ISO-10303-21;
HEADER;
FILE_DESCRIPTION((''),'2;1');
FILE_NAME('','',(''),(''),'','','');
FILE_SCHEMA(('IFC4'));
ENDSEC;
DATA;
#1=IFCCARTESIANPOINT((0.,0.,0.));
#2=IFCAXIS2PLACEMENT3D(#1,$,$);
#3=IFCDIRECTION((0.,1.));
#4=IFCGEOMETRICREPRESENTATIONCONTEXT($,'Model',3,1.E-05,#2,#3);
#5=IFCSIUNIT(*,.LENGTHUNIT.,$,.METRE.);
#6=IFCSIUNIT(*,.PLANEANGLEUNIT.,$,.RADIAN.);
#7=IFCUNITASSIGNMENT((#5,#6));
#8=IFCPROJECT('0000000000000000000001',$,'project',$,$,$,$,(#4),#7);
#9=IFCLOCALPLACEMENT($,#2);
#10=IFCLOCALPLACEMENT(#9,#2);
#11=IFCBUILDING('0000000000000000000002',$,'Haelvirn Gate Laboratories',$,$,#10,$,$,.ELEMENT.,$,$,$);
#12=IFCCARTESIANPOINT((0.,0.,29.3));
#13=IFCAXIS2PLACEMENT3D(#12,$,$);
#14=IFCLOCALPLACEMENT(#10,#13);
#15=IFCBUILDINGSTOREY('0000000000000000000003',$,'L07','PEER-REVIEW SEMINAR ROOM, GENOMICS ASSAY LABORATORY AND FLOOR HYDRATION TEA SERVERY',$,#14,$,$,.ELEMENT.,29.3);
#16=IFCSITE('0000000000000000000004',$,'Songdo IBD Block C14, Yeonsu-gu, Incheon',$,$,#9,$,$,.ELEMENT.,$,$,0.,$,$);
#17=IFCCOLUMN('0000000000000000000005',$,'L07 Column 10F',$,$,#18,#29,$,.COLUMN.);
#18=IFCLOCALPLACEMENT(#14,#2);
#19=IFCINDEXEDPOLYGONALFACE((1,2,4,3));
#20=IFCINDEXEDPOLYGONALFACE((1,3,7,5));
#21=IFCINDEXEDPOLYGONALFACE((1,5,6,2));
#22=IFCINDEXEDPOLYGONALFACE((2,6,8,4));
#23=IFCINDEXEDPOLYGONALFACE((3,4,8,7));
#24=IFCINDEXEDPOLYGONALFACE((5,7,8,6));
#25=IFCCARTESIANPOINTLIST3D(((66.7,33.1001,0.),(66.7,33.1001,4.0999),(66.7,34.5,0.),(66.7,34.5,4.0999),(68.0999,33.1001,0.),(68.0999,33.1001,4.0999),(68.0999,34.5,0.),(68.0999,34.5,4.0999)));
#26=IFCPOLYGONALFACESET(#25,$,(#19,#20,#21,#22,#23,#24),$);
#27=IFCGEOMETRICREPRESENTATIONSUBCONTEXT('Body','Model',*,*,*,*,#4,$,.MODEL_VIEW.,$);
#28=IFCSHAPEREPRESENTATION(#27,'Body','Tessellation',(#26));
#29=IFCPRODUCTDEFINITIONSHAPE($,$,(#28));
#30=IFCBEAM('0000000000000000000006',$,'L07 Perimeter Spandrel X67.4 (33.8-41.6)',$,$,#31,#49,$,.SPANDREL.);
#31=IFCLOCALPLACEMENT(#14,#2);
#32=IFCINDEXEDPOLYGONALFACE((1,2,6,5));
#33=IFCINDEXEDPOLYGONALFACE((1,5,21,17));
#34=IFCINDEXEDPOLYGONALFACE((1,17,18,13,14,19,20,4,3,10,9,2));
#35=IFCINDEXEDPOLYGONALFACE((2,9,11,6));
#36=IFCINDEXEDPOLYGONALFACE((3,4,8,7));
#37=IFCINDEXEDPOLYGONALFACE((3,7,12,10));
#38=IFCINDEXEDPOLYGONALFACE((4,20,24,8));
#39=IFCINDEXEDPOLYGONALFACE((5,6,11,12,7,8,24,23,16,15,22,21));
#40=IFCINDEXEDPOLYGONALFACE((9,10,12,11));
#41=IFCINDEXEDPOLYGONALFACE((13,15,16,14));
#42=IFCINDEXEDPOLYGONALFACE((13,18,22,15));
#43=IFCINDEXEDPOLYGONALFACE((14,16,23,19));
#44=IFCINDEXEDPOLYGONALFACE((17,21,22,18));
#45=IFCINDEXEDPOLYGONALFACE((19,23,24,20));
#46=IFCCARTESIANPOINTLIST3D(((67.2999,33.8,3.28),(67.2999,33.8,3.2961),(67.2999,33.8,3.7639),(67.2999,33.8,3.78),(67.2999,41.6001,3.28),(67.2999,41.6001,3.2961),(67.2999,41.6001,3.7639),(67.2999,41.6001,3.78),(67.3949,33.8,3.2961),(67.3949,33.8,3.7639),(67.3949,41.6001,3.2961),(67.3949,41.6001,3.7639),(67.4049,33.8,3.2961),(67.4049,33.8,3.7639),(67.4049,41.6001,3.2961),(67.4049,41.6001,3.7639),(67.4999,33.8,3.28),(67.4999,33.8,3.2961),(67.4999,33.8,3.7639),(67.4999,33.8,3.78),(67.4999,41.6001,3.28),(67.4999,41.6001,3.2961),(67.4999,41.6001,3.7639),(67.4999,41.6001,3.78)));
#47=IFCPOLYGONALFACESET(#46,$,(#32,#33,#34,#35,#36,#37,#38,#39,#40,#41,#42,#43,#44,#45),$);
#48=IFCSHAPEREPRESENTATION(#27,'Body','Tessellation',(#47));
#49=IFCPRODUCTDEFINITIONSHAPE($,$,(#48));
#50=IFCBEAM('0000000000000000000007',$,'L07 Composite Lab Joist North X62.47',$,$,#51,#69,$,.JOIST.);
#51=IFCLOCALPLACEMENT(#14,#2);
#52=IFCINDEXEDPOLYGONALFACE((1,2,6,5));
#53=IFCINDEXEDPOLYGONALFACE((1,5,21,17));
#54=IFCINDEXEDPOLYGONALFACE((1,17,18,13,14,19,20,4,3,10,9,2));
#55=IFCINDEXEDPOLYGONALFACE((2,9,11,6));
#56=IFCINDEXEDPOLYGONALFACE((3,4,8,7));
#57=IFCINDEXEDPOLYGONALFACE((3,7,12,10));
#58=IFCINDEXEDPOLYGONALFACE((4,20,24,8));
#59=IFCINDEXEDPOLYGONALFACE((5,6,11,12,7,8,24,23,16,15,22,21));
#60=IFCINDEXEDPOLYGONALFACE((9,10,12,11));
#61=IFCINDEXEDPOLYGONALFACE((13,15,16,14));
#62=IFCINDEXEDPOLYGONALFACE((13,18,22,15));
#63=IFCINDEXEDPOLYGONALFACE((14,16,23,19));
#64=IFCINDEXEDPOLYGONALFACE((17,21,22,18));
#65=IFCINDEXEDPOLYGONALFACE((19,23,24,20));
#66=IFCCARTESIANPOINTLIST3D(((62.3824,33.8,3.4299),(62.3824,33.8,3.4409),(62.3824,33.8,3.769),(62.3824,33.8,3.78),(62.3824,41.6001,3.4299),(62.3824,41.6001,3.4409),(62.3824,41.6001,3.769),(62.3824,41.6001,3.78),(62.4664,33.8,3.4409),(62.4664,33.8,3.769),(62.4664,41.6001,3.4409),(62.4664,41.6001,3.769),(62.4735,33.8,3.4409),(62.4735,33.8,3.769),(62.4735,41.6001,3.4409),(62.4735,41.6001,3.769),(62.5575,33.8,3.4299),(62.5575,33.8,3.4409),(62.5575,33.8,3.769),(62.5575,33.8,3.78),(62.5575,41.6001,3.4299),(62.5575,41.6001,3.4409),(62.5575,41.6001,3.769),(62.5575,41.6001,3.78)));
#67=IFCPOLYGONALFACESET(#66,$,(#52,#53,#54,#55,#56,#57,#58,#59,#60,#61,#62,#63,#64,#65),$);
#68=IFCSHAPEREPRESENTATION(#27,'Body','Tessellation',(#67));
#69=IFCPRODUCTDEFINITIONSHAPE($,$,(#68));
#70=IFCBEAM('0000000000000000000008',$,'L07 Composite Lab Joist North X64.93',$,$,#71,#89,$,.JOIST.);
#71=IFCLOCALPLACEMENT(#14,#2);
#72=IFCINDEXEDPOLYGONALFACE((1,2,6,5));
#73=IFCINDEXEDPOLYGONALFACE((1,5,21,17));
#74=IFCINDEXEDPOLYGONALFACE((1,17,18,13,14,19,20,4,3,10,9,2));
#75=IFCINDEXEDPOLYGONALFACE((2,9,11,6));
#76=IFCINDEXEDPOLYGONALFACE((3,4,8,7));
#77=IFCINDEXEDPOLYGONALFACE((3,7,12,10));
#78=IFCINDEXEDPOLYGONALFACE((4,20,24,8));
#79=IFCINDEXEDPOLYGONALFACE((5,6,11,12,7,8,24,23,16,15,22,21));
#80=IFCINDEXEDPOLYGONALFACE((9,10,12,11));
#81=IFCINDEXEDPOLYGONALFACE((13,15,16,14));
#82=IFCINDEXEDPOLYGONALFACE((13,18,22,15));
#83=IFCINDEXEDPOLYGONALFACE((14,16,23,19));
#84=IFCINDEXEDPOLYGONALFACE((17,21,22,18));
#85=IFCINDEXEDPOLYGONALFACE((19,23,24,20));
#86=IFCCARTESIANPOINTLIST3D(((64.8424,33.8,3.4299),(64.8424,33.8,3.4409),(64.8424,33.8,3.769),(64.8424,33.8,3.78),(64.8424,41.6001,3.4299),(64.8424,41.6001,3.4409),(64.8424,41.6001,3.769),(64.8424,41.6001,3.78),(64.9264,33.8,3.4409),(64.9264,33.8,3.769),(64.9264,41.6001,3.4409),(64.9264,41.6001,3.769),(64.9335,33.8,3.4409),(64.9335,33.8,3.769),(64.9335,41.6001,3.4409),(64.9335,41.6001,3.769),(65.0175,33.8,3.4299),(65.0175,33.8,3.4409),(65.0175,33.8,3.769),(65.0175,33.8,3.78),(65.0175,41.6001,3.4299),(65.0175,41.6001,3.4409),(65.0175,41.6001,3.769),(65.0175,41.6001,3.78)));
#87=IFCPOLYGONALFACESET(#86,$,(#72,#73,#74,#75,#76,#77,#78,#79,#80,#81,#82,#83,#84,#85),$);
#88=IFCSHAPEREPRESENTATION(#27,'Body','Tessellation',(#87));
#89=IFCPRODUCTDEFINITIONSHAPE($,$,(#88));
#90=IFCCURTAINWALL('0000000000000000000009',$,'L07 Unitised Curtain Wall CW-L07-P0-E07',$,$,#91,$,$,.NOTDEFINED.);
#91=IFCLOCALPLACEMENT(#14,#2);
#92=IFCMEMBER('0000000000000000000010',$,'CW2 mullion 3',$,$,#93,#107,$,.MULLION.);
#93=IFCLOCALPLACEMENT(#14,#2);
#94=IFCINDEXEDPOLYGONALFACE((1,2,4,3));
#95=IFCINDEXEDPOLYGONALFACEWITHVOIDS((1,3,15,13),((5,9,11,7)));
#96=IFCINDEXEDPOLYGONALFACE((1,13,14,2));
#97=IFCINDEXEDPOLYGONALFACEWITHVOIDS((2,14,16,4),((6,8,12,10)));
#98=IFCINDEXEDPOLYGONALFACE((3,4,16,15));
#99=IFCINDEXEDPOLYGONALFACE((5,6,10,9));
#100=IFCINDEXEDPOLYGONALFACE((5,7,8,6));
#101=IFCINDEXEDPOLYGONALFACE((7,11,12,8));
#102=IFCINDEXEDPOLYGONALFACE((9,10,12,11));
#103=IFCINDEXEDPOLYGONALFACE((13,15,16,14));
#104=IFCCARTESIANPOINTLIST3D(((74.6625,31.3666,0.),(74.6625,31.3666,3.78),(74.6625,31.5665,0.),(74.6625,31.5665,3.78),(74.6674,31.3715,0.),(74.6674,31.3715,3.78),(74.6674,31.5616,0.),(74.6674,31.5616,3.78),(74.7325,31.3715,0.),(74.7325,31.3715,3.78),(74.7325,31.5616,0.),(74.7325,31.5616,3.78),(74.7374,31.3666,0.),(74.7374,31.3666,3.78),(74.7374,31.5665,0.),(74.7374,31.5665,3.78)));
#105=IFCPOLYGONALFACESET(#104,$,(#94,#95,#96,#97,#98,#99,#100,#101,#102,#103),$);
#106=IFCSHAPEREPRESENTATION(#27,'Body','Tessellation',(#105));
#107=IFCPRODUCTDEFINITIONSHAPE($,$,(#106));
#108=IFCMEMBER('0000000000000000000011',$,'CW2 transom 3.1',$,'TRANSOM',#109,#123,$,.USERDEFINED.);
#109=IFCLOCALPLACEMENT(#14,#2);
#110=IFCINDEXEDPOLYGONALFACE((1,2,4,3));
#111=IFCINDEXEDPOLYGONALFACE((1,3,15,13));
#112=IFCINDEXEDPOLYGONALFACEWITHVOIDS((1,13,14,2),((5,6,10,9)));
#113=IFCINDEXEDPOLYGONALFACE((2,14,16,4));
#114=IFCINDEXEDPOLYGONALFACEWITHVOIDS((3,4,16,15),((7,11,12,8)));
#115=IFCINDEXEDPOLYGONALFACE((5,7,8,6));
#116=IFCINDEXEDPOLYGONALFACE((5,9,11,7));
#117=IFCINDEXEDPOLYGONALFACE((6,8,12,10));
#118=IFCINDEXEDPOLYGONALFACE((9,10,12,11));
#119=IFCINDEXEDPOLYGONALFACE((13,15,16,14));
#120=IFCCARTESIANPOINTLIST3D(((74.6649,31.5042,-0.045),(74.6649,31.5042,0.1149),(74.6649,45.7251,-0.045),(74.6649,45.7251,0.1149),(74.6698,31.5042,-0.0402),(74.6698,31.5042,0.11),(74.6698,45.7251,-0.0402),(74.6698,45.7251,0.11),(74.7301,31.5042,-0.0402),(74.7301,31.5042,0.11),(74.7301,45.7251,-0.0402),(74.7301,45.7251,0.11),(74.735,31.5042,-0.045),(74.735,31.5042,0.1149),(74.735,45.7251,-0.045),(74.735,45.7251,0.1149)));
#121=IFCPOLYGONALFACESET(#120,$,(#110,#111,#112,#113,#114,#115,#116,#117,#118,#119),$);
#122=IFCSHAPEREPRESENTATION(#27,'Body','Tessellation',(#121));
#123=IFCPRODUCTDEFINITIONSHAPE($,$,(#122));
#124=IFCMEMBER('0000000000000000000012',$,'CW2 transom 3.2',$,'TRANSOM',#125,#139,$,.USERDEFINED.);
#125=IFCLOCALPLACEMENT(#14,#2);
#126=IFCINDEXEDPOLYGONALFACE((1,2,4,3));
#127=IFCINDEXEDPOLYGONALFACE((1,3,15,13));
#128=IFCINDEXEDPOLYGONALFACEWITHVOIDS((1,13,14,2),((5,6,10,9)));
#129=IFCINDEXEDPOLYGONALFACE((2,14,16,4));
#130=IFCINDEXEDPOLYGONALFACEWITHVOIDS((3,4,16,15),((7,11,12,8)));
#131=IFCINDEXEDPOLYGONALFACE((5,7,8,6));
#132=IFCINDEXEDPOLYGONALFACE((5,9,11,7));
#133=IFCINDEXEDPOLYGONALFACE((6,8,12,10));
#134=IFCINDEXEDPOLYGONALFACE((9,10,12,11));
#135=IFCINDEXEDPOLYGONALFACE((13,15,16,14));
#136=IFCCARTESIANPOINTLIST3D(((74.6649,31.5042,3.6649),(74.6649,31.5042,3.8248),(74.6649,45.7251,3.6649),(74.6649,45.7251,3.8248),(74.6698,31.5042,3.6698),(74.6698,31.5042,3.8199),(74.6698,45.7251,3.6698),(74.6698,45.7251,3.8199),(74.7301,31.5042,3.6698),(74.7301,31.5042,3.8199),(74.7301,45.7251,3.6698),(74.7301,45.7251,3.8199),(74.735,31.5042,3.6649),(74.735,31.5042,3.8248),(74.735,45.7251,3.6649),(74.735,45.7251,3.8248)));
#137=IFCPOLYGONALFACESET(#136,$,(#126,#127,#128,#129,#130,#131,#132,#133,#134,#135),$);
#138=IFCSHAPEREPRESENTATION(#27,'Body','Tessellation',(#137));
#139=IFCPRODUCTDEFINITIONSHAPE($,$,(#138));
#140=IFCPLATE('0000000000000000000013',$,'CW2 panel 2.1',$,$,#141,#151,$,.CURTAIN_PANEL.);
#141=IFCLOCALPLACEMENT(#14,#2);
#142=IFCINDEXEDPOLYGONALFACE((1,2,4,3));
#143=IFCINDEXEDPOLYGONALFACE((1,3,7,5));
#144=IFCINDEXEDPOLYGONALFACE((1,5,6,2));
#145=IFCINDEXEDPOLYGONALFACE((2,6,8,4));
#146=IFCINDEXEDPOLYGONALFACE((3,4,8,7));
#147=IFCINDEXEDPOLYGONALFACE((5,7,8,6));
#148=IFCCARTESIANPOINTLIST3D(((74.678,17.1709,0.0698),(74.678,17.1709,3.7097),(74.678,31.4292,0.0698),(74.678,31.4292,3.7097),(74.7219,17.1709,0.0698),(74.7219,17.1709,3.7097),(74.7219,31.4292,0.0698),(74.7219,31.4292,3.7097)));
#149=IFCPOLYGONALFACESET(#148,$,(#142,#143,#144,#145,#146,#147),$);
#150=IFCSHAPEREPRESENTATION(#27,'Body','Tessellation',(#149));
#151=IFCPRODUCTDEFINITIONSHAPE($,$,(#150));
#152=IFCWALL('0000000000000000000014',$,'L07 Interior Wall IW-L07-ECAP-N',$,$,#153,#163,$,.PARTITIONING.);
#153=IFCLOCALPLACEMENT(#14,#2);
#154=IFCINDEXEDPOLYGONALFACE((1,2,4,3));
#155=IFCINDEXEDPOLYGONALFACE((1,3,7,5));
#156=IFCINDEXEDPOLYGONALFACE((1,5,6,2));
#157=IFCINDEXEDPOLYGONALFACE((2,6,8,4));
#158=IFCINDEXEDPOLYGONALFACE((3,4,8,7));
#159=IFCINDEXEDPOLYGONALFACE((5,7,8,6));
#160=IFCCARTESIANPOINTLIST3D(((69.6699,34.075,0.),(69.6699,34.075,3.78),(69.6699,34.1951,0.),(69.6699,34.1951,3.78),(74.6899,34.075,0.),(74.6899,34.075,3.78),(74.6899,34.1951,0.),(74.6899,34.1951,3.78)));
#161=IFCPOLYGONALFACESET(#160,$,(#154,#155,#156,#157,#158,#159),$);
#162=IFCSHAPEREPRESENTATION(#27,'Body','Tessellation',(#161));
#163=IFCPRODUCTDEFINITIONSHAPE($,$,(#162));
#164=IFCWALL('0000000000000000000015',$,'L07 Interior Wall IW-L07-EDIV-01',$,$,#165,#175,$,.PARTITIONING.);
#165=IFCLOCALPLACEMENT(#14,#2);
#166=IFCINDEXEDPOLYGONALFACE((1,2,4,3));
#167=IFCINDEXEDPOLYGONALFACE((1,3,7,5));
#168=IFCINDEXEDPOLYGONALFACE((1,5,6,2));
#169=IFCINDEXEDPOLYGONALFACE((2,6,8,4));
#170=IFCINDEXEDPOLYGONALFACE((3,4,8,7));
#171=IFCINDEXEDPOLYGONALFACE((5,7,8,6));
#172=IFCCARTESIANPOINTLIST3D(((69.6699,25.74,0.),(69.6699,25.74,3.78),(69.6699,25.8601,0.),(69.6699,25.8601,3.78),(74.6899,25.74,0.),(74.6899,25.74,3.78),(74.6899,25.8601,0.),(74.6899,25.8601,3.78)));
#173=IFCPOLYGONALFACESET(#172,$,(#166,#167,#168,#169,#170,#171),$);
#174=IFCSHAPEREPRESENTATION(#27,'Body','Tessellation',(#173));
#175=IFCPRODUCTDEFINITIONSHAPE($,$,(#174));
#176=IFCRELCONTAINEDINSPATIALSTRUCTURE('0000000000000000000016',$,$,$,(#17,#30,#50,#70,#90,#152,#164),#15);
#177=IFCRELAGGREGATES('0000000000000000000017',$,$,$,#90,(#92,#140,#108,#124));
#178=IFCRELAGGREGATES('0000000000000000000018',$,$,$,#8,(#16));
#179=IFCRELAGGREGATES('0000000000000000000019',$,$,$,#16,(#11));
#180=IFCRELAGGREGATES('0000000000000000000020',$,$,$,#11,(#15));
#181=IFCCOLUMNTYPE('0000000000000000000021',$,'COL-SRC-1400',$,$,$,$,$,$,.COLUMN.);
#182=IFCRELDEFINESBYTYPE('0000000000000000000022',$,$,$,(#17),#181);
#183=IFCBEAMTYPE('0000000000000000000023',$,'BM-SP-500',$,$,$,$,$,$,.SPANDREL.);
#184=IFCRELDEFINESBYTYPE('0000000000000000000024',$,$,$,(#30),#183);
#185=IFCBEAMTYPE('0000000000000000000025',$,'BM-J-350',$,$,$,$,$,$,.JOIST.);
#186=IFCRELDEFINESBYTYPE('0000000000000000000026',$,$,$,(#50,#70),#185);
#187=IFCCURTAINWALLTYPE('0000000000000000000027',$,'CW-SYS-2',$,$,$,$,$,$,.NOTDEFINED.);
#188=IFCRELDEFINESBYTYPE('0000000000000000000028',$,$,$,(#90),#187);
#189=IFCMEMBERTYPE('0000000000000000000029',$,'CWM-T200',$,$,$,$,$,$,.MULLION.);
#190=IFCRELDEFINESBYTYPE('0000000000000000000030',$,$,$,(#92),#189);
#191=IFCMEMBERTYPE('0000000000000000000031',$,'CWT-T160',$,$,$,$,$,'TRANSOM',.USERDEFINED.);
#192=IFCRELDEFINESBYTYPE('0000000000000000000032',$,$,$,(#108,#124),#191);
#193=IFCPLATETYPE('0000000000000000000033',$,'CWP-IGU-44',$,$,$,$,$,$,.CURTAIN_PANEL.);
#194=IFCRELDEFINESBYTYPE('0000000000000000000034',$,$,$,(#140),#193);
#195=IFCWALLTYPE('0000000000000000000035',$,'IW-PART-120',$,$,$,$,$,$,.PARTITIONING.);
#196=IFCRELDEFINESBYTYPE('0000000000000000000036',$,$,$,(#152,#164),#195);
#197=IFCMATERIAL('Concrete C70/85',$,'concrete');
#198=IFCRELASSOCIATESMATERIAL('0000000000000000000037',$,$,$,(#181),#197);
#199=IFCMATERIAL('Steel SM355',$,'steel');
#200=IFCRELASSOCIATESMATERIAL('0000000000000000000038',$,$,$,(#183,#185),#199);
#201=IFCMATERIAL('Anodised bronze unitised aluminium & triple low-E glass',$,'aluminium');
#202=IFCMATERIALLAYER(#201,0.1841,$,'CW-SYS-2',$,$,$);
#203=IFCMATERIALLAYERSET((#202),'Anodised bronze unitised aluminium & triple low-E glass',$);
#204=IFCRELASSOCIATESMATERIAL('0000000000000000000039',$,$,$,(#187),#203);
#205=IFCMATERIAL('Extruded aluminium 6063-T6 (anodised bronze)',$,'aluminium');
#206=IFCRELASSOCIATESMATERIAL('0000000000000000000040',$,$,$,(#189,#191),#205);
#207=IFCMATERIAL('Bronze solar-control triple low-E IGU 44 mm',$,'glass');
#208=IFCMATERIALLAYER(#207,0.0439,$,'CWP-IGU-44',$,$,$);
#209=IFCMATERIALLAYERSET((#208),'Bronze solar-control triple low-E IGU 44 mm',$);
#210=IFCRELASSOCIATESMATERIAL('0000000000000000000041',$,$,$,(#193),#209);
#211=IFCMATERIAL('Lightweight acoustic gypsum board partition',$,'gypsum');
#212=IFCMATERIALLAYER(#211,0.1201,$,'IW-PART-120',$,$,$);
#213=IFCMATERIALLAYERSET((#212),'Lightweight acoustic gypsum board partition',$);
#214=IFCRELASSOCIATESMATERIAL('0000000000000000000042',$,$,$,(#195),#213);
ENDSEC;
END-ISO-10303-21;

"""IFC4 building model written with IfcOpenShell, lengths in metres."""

from ifc_helpers import new_model, si_unit, direction, frame, frame_2d, origin, origin_2d, place, context, subcontext, project, spatial, rectangle, hollow_rectangle, i_section, extrude, source, transform, mapped, material, layer, layer_set, material_profile, profile_set, type_object, type_shapes, element, aggregate, save


model = new_model("IFC4")

# Units and contexts
model_context = context("Model", 3, precision=1e-05, world=origin(), true_north=direction((0.0, 1.0)))
body_context = subcontext(model_context, "Body", "Model", "MODEL_VIEW")
ifc_project = project(units=[si_unit("LENGTHUNIT", "METRE"), si_unit("PLANEANGLEUNIT", "RADIAN")], contexts=[model_context])

# Site, building, storey
site_placement = place(None, origin())
site = spatial("IfcSite", under=ifc_project, at=site_placement, Name="Songdo IBD Block C14, Yeonsu-gu, Incheon", CompositionType="ELEMENT", RefElevation=0.0)
building_placement = place(site_placement, origin())
building = spatial("IfcBuilding", under=site, at=building_placement, Name="Haelvirn Gate Laboratories", CompositionType="ELEMENT")
storey_placement = place(building_placement, frame((0.0, 0.0, 29.3)))
storey = spatial("IfcBuildingStorey", under=building, at=storey_placement, Name="L07", Description="PEER-REVIEW SEMINAR ROOM, GENOMICS ASSAY LABORATORY AND FLOOR HYDRATION TEA SERVERY", CompositionType="ELEMENT", Elevation=29.3)

# Column
ifc_material_1 = material(Name="Concrete C70/85", Category="concrete")
ifc_material_profile_1 = material_profile(ifc_material_1, rectangle(XDim=1.3999, YDim=1.3999, at=origin_2d()), Name="SRC-1400x1400")
ifc_profile_set_1 = profile_set([ifc_material_profile_1], Name="Concrete C70/85")
column_type = type_object("IfcColumnType", Name="COL-SRC-1400", PredefinedType="COLUMN", material=ifc_profile_set_1)
shared_shape_1 = source(origin(), body_context, "Body", "SweptSolid", [
    extrude(rectangle(XDim=1.3999, YDim=1.3999, at=origin_2d()), origin(), (0.0, 0.0, 1.0), 4.0999),
])
type_shapes(column_type, [shared_shape_1])
column_placement = place(storey_placement, frame((67.3999, 33.8, 0.0), z_axis=(0.0, 0.0, 1.0), x_axis=(1.0, 0.0, 0.0)))
element("IfcColumn", 1, at=column_placement, inside=storey, type_object=column_type, Name="L07 Column 10F", PredefinedType="COLUMN", context=body_context, shape_type="MappedRepresentation", body=[
    mapped(shared_shape_1, transform((0.0, 0.0, 0.0), scale=1.0)),
])

# Beams
ifc_material_2 = material(Name="Steel SM355", Category="steel")
ifc_material_profile_2 = material_profile(ifc_material_2, i_section(OverallWidth=0.2, OverallDepth=0.5, WebThickness=0.01, FlangeThickness=0.0161, at=origin_2d()), Name="H-500x200x10x16")
ifc_profile_set_2 = profile_set([ifc_material_profile_2], Name="Steel SM355")
beam_type_1 = type_object("IfcBeamType", Name="BM-SP-500", PredefinedType="SPANDREL", material=ifc_profile_set_2)
shared_shape_2 = source(origin(), body_context, "Body", "SweptSolid", [
    extrude(i_section(OverallWidth=0.2, OverallDepth=0.5, WebThickness=0.01, FlangeThickness=0.0161, at=origin_2d()), origin(), (0.0, 0.0, 1.0), 7.8),
])
type_shapes(beam_type_1, [shared_shape_2])
beam_placement = place(storey_placement, frame((67.3999, 33.8, 3.53), z_axis=(0.0, 1.0, 0.0), x_axis=(-1.0, 0.0, 0.0)))
element("IfcBeam", 2, at=beam_placement, inside=storey, type_object=beam_type_1, Name="L07 Perimeter Spandrel X67.4 (33.8-41.6)", PredefinedType="SPANDREL", context=body_context, shape_type="MappedRepresentation", body=[
    mapped(shared_shape_2, transform((0.0, 0.0, 0.0), scale=1.0)),
])
ifc_material_profile_3 = material_profile(ifc_material_2, i_section(OverallWidth=0.175, OverallDepth=0.3501, WebThickness=0.0071, FlangeThickness=0.011, at=origin_2d()), Name="H-350x175x7x11")
ifc_profile_set_3 = profile_set([ifc_material_profile_3], Name="Steel SM355")
beam_type_2 = type_object("IfcBeamType", Name="BM-J-350", PredefinedType="JOIST", material=ifc_profile_set_3)
shared_shape_3 = source(origin(), body_context, "Body", "SweptSolid", [
    extrude(i_section(OverallWidth=0.175, OverallDepth=0.3501, WebThickness=0.0071, FlangeThickness=0.011, at=origin_2d()), origin(), (0.0, 0.0, 1.0), 7.8),
])
type_shapes(beam_type_2, [shared_shape_3])
for number, where, z_axis, x_axis, name in (
    (3, (62.47, 33.8, 3.605), (0.0, 1.0, 0.0), (-1.0, 0.0, 0.0), "L07 Composite Lab Joist North X62.47"),
    (4, (64.9299, 33.8, 3.605), (0.0, 1.0, 0.0), (-1.0, 0.0, 0.0), "L07 Composite Lab Joist North X64.93"),
):
    element("IfcBeam", number, at=place(storey_placement, frame(where, z_axis=z_axis, x_axis=x_axis)), inside=storey, type_object=beam_type_2, Name=name, PredefinedType="JOIST", context=body_context, shape_type="MappedRepresentation", body=[
        mapped(shared_shape_3, transform((0.0, 0.0, 0.0), scale=1.0)),
    ])

# Curtain wall, members, plate
ifc_material_3 = material(Name="Anodised bronze unitised aluminium & triple low-E glass", Category="aluminium")
ifc_layer_1 = layer(ifc_material_3, 0.1841, Name="CW-SYS-2")
ifc_layer_set_1 = layer_set([ifc_layer_1], Name="Anodised bronze unitised aluminium & triple low-E glass")
curtain_wall_type = type_object("IfcCurtainWallType", Name="CW-SYS-2", PredefinedType="NOTDEFINED", material=ifc_layer_set_1)
curtain_wall_placement = place(storey_placement, origin())
curtain_wall = element("IfcCurtainWall", 5, at=curtain_wall_placement, inside=storey, type_object=curtain_wall_type, Name="L07 Unitised Curtain Wall CW-L07-P0-E07", PredefinedType="NOTDEFINED")
ifc_material_4 = material(Name="Extruded aluminium 6063-T6 (anodised bronze)", Category="aluminium")
ifc_material_profile_4 = material_profile(ifc_material_4, hollow_rectangle(XDim=0.075, YDim=0.2, WallThickness=0.0049, at=origin_2d()), Name="CWM-200x75x5")
ifc_profile_set_4 = profile_set([ifc_material_profile_4], Name="Extruded aluminium 6063-T6 (anodised bronze)")
member_type_1 = type_object("IfcMemberType", Name="CWM-T200", PredefinedType="MULLION", material=ifc_profile_set_4)
shared_shape_4 = source(origin(), body_context, "Body", "SweptSolid", [
    extrude(hollow_rectangle(XDim=0.075, YDim=0.2, WallThickness=0.0049, at=origin_2d()), origin(), (0.0, 0.0, 1.0), 3.78),
])
type_shapes(member_type_1, [shared_shape_4])
member_1_placement = place(storey_placement, frame((74.7, 31.4666, 0.0), z_axis=(0.0, 0.0, 1.0), x_axis=(-1.0, 0.0, 0.0)))
member_1 = element("IfcMember", 6, at=member_1_placement, type_object=member_type_1, Name="CW2 mullion 3", PredefinedType="MULLION", context=body_context, shape_type="MappedRepresentation", body=[
    mapped(shared_shape_4, transform((0.0, 0.0, 0.0), scale=1.0)),
])
ifc_material_profile_5 = material_profile(ifc_material_4, hollow_rectangle(XDim=0.0701, YDim=0.1599, WallThickness=0.0049, at=origin_2d()), Name="CWT-160x70x5")
ifc_profile_set_5 = profile_set([ifc_material_profile_5], Name="Extruded aluminium 6063-T6 (anodised bronze)")
member_type_2 = type_object("IfcMemberType", Name="CWT-T160", ElementType="TRANSOM", PredefinedType="USERDEFINED", material=ifc_profile_set_5)
shared_shape_5 = source(origin(), body_context, "Body", "SweptSolid", [
    extrude(hollow_rectangle(XDim=0.0701, YDim=0.1599, WallThickness=0.0049, at=origin_2d()), origin(), (0.0, 0.0, 1.0), 14.2209),
])
type_shapes(member_type_2, [shared_shape_5])
member_2_placement = place(storey_placement, frame((74.7, 31.5042, 0.0349), z_axis=(0.0, 1.0, 0.0), x_axis=(-1.0, 0.0, 0.0)))
member_2 = element("IfcMember", 7, at=member_2_placement, type_object=member_type_2, Name="CW2 transom 3.1", ObjectType="TRANSOM", PredefinedType="USERDEFINED", context=body_context, shape_type="MappedRepresentation", body=[
    mapped(shared_shape_5, transform((0.0, 0.0, 0.0), scale=1.0)),
])
member_3_placement = place(storey_placement, frame((74.7, 31.5042, 3.7449), z_axis=(0.0, 1.0, 0.0), x_axis=(-1.0, 0.0, 0.0)))
member_3 = element("IfcMember", 8, at=member_3_placement, type_object=member_type_2, Name="CW2 transom 3.2", ObjectType="TRANSOM", PredefinedType="USERDEFINED", context=body_context, shape_type="MappedRepresentation", body=[
    mapped(shared_shape_5, transform((0.0, 0.0, 0.0), scale=1.0)),
])
ifc_material_5 = material(Name="Bronze solar-control triple low-E IGU 44 mm", Category="glass")
ifc_layer_2 = layer(ifc_material_5, 0.0439, Name="CWP-IGU-44")
ifc_layer_set_2 = layer_set([ifc_layer_2], Name="Bronze solar-control triple low-E IGU 44 mm")
plate_type = type_object("IfcPlateType", Name="CWP-IGU-44", PredefinedType="CURTAIN_PANEL", material=ifc_layer_set_2)
shared_shape_6 = source(origin(), body_context, "Body", "SweptSolid", [
    extrude(rectangle(XDim=14.2583, YDim=0.0439, at=origin_2d()), origin(), (0.0, 0.0, 1.0), 3.6399),
])
type_shapes(plate_type, [shared_shape_6])
plate_placement = place(storey_placement, frame((74.7, 24.3, 0.0698), z_axis=(0.0, 0.0, 1.0), x_axis=(0.0, 1.0, 0.0)))
plate = element("IfcPlate", 9, at=plate_placement, type_object=plate_type, Name="CW2 panel 2.1", PredefinedType="CURTAIN_PANEL", context=body_context, shape_type="MappedRepresentation", body=[
    mapped(shared_shape_6, transform((0.0, 0.0, 0.0), scale=1.0)),
])
aggregate(curtain_wall, [member_1, plate, member_2, member_3])

# Walls
ifc_material_6 = material(Name="Lightweight acoustic gypsum board partition", Category="gypsum")
ifc_layer_3 = layer(ifc_material_6, 0.1201, Name="IW-PART-120")
ifc_layer_set_3 = layer_set([ifc_layer_3], Name="Lightweight acoustic gypsum board partition")
wall_type_1 = type_object("IfcWallType", Name="IW-PART-120", PredefinedType="PARTITIONING", material=ifc_layer_set_3)
for number, where, z_axis, x_axis, name in (
    (10, (69.6699, 34.135, 0.0), (0.0, 0.0, 1.0), (1.0, 0.0, 0.0), "L07 Interior Wall IW-L07-ECAP-N"),
    (11, (69.6699, 25.8, 0.0), (0.0, 0.0, 1.0), (1.0, 0.0, 0.0), "L07 Interior Wall IW-L07-EDIV-01"),
):
    element("IfcWall", number, at=place(storey_placement, frame(where, z_axis=z_axis, x_axis=x_axis)), inside=storey, type_object=wall_type_1, Name=name, PredefinedType="PARTITIONING", context=body_context, shape_type="SweptSolid", body=[
        extrude(rectangle(XDim=5.02, YDim=0.1201, at=frame_2d((2.51, 0.0))), origin(), (0.0, 0.0, 1.0), 3.78),
    ])

save(model, "model.ifc")
